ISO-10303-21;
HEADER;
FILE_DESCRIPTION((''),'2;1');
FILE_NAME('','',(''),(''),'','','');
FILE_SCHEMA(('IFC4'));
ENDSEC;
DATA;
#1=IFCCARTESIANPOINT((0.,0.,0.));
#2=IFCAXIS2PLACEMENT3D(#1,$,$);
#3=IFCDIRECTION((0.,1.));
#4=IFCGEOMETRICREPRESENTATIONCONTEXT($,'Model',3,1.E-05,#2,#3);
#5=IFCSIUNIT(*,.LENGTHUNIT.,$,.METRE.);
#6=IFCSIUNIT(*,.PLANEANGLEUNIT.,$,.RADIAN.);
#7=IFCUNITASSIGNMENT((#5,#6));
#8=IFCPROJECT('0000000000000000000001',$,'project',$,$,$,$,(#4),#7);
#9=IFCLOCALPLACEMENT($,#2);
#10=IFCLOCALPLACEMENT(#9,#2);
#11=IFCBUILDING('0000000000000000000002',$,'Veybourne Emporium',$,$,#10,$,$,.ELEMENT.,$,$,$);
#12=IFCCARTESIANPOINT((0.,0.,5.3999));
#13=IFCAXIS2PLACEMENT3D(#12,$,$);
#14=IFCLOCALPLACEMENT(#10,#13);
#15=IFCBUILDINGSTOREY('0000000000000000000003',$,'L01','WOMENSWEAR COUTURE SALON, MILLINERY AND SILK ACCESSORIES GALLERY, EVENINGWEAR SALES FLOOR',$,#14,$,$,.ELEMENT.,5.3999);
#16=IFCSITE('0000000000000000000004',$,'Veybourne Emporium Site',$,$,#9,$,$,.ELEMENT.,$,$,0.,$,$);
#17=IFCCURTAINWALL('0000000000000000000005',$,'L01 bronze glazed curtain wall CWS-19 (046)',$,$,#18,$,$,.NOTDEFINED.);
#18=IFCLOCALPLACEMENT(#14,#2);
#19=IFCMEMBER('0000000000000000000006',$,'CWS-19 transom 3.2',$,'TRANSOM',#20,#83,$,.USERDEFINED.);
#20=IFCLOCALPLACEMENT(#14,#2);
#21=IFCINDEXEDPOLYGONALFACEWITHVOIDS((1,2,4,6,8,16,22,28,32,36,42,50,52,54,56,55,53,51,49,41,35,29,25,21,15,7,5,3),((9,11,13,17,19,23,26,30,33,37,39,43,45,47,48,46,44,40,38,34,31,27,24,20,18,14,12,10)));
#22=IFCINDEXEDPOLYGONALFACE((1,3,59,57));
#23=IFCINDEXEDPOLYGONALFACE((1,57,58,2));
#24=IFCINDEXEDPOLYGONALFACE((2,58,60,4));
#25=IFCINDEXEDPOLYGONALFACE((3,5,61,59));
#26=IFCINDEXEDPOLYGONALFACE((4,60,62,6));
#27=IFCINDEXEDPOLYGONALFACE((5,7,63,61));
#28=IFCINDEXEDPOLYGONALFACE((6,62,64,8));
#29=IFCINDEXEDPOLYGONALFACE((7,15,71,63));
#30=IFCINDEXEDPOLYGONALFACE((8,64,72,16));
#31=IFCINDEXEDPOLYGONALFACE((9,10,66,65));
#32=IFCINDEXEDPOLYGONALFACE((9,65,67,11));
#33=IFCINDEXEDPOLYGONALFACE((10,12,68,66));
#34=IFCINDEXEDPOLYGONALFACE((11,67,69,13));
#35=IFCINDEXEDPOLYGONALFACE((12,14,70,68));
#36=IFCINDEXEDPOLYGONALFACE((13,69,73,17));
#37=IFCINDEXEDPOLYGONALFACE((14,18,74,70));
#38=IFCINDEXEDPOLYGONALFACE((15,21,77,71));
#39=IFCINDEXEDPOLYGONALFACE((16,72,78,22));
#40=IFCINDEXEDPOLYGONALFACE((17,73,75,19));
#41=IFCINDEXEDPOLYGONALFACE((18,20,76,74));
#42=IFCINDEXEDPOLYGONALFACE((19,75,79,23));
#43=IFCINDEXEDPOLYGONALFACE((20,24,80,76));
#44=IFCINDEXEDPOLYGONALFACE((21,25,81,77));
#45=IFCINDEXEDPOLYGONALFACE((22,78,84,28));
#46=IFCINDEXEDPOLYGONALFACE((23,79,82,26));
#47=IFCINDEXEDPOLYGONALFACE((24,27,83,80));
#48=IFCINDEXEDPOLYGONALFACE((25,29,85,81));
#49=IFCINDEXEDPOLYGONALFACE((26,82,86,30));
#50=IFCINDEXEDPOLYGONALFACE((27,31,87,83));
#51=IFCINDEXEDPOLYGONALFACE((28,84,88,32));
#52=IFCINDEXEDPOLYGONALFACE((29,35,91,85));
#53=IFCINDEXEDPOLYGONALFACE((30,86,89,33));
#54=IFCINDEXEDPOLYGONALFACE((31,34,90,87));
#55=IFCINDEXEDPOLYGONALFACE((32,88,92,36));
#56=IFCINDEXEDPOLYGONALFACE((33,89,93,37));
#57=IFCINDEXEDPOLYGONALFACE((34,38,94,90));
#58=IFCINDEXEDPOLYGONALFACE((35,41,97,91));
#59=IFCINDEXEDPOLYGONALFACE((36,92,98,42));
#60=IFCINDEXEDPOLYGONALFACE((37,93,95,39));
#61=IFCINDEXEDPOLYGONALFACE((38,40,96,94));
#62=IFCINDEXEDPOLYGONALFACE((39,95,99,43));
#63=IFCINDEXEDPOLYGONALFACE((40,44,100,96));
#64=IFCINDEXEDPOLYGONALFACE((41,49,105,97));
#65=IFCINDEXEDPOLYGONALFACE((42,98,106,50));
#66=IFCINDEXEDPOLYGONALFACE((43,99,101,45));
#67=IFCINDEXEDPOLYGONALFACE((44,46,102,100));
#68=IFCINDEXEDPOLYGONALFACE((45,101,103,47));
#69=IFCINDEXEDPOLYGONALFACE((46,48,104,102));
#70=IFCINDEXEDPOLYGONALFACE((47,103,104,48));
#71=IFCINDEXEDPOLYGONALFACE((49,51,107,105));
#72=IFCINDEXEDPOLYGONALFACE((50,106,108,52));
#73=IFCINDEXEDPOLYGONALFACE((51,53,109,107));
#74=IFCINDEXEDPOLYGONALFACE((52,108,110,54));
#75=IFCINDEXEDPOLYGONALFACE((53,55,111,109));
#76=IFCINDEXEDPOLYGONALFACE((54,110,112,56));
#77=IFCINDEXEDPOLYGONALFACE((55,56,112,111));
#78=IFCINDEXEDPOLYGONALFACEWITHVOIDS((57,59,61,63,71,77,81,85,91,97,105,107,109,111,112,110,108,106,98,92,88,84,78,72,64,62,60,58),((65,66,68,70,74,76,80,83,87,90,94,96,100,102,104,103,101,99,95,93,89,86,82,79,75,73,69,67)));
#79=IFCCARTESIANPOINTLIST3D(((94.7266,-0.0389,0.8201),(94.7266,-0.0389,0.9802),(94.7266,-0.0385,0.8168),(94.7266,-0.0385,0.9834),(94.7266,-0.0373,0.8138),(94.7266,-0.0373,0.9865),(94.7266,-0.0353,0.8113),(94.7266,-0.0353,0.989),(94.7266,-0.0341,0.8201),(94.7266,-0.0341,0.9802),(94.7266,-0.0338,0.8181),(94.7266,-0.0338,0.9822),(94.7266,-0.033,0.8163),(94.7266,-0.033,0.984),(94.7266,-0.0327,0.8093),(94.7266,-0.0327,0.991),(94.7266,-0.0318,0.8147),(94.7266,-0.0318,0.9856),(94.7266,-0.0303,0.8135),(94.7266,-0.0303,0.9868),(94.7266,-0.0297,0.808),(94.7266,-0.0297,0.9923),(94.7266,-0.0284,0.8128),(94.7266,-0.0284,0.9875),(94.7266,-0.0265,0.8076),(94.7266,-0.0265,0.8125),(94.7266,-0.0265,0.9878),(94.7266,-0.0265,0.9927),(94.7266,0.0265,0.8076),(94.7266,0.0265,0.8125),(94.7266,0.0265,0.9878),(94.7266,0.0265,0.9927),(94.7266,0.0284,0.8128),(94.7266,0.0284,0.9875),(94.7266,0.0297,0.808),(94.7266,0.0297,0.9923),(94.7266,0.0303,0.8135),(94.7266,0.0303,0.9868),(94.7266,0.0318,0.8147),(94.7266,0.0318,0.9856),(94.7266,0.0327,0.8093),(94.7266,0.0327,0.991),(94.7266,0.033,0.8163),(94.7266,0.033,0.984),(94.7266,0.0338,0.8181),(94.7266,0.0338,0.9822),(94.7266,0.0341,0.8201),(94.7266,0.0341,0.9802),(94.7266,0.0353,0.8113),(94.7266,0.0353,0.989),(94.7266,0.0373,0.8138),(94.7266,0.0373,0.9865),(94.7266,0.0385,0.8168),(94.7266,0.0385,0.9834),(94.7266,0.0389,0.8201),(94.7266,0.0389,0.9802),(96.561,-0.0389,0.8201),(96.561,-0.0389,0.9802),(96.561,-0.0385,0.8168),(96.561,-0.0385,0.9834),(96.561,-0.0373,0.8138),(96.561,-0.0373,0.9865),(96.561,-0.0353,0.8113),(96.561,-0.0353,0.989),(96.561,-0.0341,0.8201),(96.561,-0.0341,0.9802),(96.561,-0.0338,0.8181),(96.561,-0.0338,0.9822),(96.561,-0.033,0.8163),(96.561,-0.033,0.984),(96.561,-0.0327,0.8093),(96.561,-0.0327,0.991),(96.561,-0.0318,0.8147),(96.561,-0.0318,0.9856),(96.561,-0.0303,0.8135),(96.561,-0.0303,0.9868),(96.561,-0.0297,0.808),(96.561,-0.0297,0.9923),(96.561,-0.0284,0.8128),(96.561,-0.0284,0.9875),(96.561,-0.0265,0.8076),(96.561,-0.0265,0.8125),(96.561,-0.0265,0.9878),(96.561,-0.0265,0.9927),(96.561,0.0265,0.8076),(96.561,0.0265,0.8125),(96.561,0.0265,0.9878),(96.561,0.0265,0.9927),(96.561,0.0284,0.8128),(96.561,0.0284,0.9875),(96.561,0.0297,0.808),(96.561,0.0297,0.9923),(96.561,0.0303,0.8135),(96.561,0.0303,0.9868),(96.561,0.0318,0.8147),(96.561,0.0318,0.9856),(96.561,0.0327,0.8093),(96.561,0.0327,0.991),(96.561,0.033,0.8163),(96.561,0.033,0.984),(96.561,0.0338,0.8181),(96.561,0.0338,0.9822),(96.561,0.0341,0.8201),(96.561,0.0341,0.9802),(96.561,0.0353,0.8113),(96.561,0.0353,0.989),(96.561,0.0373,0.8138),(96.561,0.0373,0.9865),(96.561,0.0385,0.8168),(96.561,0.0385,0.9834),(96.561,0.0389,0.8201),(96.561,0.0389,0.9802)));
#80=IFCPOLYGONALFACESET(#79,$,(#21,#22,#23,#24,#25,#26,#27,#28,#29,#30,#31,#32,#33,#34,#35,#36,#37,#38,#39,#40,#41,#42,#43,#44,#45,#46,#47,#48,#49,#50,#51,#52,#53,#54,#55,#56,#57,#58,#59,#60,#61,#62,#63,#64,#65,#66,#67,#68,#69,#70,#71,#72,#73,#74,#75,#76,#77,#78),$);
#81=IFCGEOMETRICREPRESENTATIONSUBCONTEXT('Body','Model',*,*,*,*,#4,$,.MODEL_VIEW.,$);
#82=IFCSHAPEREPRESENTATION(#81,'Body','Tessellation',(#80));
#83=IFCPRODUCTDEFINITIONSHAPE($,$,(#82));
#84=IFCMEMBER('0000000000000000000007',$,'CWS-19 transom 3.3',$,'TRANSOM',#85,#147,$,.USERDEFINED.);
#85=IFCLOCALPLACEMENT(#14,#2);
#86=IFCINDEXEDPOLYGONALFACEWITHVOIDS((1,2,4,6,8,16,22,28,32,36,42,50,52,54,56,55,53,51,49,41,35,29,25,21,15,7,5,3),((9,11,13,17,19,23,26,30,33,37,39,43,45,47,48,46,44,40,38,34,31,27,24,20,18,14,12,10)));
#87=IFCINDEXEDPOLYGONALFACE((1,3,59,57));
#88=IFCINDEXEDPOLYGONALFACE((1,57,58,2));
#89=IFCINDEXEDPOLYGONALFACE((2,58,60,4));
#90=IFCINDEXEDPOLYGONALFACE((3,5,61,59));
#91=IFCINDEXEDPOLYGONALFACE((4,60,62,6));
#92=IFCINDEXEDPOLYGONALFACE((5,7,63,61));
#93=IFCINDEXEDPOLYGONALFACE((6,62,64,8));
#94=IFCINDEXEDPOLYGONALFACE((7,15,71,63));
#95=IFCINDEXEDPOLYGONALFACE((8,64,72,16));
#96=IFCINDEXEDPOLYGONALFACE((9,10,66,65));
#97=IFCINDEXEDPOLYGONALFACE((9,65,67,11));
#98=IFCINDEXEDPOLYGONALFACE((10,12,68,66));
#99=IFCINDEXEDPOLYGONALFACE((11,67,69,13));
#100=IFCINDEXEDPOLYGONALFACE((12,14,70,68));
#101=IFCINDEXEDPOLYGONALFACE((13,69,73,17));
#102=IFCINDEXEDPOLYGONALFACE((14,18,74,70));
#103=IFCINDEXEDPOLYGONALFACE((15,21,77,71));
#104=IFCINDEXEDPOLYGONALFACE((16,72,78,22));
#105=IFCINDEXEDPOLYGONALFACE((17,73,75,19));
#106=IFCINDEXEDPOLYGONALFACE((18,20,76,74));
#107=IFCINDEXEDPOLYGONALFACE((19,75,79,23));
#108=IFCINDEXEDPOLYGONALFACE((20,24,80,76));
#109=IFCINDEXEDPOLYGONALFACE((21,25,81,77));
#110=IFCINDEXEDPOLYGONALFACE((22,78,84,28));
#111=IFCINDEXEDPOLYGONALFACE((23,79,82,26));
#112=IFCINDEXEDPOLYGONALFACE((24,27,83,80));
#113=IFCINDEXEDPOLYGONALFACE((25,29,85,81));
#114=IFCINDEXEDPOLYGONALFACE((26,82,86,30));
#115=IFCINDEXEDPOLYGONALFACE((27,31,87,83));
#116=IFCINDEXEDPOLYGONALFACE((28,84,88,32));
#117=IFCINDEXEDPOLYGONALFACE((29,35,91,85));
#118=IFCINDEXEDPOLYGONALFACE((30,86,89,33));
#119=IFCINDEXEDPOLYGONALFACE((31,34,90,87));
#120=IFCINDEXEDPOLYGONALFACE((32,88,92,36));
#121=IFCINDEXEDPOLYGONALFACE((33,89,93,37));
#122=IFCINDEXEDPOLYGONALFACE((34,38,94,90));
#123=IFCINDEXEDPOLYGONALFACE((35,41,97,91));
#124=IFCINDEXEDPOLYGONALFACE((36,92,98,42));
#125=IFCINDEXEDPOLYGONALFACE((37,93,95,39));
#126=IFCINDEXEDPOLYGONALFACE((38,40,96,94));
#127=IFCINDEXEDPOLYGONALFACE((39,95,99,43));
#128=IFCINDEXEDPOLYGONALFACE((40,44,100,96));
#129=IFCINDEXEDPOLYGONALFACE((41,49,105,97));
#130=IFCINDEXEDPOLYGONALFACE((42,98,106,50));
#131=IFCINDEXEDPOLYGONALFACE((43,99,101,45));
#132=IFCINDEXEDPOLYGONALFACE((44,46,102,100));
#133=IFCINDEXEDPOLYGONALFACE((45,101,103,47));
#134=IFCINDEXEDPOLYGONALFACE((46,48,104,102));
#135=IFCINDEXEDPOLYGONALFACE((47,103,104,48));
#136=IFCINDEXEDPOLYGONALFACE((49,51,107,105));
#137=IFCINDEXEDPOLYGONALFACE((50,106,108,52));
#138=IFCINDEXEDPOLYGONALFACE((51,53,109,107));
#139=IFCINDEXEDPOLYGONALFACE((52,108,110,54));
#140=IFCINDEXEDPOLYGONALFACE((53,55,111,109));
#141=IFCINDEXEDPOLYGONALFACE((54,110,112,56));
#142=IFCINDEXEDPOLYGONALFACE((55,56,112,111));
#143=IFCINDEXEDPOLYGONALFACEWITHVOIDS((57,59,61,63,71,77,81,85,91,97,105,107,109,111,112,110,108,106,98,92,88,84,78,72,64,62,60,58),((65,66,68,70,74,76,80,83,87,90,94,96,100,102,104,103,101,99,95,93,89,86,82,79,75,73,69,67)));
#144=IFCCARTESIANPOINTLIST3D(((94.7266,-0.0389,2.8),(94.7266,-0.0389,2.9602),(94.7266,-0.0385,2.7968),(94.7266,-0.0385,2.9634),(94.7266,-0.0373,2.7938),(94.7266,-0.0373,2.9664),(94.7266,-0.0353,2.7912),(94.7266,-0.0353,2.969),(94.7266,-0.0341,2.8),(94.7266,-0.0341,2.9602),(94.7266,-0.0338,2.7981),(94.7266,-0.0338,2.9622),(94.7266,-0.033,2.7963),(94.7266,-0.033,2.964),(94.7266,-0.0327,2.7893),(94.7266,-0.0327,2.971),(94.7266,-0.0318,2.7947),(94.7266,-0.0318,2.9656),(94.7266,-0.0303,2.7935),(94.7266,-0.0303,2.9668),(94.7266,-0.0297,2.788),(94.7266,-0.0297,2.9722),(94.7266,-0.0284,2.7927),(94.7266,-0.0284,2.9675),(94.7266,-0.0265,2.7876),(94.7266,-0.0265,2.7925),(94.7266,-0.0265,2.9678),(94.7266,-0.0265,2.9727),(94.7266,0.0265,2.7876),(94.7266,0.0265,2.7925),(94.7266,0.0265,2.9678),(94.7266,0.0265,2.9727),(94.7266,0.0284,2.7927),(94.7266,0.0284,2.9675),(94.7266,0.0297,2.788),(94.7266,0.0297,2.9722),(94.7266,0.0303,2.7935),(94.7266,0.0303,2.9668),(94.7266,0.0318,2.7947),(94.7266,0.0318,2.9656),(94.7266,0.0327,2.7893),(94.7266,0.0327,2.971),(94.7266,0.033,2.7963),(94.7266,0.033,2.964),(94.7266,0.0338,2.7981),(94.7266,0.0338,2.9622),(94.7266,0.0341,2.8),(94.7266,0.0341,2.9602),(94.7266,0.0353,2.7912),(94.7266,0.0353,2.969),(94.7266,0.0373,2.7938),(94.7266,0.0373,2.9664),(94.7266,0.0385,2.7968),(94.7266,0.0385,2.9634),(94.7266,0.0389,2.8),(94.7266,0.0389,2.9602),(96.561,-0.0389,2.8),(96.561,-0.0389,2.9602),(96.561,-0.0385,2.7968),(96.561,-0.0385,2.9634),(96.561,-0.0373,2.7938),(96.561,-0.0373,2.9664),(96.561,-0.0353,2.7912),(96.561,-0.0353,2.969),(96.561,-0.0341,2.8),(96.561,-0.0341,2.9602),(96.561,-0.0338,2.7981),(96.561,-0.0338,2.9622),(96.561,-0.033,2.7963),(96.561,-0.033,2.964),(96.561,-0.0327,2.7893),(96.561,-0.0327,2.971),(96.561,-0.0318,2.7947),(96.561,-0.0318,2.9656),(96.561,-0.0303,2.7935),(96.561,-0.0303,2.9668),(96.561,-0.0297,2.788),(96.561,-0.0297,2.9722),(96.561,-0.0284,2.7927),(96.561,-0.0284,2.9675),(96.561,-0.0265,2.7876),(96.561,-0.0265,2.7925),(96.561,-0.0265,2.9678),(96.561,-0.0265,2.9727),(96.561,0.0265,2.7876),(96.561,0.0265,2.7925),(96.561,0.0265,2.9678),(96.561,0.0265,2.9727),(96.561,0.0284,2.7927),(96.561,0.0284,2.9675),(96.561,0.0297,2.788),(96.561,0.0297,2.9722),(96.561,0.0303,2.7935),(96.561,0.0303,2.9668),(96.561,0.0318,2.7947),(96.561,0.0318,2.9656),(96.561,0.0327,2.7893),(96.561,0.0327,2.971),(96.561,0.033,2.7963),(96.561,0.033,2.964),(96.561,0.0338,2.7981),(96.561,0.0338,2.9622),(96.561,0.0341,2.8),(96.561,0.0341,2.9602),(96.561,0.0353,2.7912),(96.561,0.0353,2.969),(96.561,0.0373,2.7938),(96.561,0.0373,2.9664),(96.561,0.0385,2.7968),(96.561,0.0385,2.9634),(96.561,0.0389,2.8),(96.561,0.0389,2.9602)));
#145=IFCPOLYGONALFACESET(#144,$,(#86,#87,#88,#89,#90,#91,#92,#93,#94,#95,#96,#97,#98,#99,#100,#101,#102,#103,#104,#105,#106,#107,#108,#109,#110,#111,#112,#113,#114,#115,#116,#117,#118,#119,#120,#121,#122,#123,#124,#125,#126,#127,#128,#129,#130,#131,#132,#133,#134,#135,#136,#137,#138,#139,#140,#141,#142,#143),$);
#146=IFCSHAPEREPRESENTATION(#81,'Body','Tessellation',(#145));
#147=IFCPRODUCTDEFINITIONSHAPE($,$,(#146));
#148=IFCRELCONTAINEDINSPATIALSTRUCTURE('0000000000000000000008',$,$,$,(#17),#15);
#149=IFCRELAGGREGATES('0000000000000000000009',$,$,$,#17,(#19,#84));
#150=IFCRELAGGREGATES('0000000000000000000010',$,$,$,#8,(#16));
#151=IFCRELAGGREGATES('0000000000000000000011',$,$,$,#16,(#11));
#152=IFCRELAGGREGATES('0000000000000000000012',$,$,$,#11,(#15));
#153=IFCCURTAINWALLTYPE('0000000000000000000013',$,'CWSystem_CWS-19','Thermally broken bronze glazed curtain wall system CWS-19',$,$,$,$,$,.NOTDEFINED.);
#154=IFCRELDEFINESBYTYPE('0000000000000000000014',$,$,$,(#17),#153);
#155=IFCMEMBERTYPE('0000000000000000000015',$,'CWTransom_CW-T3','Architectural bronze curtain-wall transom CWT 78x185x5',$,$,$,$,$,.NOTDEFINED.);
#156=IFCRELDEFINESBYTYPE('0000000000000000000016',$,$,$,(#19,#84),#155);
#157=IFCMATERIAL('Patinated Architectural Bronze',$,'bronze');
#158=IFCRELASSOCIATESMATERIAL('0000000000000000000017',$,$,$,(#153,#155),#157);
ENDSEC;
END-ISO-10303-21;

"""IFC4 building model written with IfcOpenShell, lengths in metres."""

from ifc_helpers import new_model, si_unit, direction, frame, origin, origin_2d, place, context, subcontext, project, spatial, hollow_rectangle, extrude, material, material_profile, profile_set, type_object, element, aggregate, save


model = new_model("IFC4")

# Units and contexts
model_context = context("Model", 3, precision=1e-05, world=origin(), true_north=direction((0.0, 1.0)))
body_context = subcontext(model_context, "Body", "Model", "MODEL_VIEW")
ifc_project = project(units=[si_unit("LENGTHUNIT", "METRE"), si_unit("PLANEANGLEUNIT", "RADIAN")], contexts=[model_context])

# Site, building, storey
site_placement = place(None, origin())
site = spatial("IfcSite", under=ifc_project, at=site_placement, Name="Veybourne Emporium Site", CompositionType="ELEMENT", RefElevation=0.0)
building_placement = place(site_placement, origin())
building = spatial("IfcBuilding", under=site, at=building_placement, Name="Veybourne Emporium", CompositionType="ELEMENT")
storey_placement = place(building_placement, frame((0.0, 0.0, 5.3999)))
storey = spatial("IfcBuildingStorey", under=building, at=storey_placement, Name="L01", Description="WOMENSWEAR COUTURE SALON, MILLINERY AND SILK ACCESSORIES GALLERY, EVENINGWEAR SALES FLOOR", CompositionType="ELEMENT", Elevation=5.3999)

# Curtain wall, members
ifc_material_1 = material(Name="Patinated Architectural Bronze", Category="bronze")
curtain_wall_type = type_object("IfcCurtainWallType", Name="CWSystem_CWS-19", Description="Thermally broken bronze glazed curtain wall system CWS-19", PredefinedType="NOTDEFINED", material=ifc_material_1)
curtain_wall_placement = place(storey_placement, origin())
curtain_wall = element("IfcCurtainWall", 1, at=curtain_wall_placement, inside=storey, type_object=curtain_wall_type, Name="L01 bronze glazed curtain wall CWS-19 (046)", PredefinedType="NOTDEFINED")
ifc_material_profile_1 = material_profile(ifc_material_1, hollow_rectangle(XDim=0.0779, YDim=0.1851, WallThickness=0.0049, InnerFilletRadius=0.0076, OuterFilletRadius=0.0125, at=origin_2d()), Name="CWT 78x185x5")
ifc_profile_set_1 = profile_set([ifc_material_profile_1], Name="Patinated Architectural Bronze")
member_type_1 = type_object("IfcMemberType", Name="CWTransom_CW-T3", Description="Architectural bronze curtain-wall transom CWT 78x185x5", PredefinedType="NOTDEFINED", material=ifc_profile_set_1)
member_1_placement = place(storey_placement, frame((96.561, 0.0, 0.9001), z_axis=(-1.0, 0.0, 0.0), x_axis=(0.0, -1.0, 0.0)))
member_1 = element("IfcMember", 2, at=member_1_placement, type_object=member_type_1, Name="CWS-19 transom 3.2", ObjectType="TRANSOM", PredefinedType="USERDEFINED", context=body_context, shape_type="SweptSolid", body=[
    extrude(hollow_rectangle(XDim=0.0779, YDim=0.1851, WallThickness=0.0049, InnerFilletRadius=0.0076, OuterFilletRadius=0.0125, at=origin_2d()), origin(), (0.0, 0.0, 1.0), 1.8345),
])
member_2_placement = place(storey_placement, frame((96.561, 0.0, 2.8801), z_axis=(-1.0, 0.0, 0.0), x_axis=(0.0, -1.0, 0.0)))
member_2 = element("IfcMember", 3, at=member_2_placement, type_object=member_type_1, Name="CWS-19 transom 3.3", ObjectType="TRANSOM", PredefinedType="USERDEFINED", context=body_context, shape_type="SweptSolid", body=[
    extrude(hollow_rectangle(XDim=0.0779, YDim=0.1851, WallThickness=0.0049, InnerFilletRadius=0.0076, OuterFilletRadius=0.0125, at=origin_2d()), origin(), (0.0, 0.0, 1.0), 1.8345),
])
aggregate(curtain_wall, [member_1, member_2])

save(model, "model.ifc")
